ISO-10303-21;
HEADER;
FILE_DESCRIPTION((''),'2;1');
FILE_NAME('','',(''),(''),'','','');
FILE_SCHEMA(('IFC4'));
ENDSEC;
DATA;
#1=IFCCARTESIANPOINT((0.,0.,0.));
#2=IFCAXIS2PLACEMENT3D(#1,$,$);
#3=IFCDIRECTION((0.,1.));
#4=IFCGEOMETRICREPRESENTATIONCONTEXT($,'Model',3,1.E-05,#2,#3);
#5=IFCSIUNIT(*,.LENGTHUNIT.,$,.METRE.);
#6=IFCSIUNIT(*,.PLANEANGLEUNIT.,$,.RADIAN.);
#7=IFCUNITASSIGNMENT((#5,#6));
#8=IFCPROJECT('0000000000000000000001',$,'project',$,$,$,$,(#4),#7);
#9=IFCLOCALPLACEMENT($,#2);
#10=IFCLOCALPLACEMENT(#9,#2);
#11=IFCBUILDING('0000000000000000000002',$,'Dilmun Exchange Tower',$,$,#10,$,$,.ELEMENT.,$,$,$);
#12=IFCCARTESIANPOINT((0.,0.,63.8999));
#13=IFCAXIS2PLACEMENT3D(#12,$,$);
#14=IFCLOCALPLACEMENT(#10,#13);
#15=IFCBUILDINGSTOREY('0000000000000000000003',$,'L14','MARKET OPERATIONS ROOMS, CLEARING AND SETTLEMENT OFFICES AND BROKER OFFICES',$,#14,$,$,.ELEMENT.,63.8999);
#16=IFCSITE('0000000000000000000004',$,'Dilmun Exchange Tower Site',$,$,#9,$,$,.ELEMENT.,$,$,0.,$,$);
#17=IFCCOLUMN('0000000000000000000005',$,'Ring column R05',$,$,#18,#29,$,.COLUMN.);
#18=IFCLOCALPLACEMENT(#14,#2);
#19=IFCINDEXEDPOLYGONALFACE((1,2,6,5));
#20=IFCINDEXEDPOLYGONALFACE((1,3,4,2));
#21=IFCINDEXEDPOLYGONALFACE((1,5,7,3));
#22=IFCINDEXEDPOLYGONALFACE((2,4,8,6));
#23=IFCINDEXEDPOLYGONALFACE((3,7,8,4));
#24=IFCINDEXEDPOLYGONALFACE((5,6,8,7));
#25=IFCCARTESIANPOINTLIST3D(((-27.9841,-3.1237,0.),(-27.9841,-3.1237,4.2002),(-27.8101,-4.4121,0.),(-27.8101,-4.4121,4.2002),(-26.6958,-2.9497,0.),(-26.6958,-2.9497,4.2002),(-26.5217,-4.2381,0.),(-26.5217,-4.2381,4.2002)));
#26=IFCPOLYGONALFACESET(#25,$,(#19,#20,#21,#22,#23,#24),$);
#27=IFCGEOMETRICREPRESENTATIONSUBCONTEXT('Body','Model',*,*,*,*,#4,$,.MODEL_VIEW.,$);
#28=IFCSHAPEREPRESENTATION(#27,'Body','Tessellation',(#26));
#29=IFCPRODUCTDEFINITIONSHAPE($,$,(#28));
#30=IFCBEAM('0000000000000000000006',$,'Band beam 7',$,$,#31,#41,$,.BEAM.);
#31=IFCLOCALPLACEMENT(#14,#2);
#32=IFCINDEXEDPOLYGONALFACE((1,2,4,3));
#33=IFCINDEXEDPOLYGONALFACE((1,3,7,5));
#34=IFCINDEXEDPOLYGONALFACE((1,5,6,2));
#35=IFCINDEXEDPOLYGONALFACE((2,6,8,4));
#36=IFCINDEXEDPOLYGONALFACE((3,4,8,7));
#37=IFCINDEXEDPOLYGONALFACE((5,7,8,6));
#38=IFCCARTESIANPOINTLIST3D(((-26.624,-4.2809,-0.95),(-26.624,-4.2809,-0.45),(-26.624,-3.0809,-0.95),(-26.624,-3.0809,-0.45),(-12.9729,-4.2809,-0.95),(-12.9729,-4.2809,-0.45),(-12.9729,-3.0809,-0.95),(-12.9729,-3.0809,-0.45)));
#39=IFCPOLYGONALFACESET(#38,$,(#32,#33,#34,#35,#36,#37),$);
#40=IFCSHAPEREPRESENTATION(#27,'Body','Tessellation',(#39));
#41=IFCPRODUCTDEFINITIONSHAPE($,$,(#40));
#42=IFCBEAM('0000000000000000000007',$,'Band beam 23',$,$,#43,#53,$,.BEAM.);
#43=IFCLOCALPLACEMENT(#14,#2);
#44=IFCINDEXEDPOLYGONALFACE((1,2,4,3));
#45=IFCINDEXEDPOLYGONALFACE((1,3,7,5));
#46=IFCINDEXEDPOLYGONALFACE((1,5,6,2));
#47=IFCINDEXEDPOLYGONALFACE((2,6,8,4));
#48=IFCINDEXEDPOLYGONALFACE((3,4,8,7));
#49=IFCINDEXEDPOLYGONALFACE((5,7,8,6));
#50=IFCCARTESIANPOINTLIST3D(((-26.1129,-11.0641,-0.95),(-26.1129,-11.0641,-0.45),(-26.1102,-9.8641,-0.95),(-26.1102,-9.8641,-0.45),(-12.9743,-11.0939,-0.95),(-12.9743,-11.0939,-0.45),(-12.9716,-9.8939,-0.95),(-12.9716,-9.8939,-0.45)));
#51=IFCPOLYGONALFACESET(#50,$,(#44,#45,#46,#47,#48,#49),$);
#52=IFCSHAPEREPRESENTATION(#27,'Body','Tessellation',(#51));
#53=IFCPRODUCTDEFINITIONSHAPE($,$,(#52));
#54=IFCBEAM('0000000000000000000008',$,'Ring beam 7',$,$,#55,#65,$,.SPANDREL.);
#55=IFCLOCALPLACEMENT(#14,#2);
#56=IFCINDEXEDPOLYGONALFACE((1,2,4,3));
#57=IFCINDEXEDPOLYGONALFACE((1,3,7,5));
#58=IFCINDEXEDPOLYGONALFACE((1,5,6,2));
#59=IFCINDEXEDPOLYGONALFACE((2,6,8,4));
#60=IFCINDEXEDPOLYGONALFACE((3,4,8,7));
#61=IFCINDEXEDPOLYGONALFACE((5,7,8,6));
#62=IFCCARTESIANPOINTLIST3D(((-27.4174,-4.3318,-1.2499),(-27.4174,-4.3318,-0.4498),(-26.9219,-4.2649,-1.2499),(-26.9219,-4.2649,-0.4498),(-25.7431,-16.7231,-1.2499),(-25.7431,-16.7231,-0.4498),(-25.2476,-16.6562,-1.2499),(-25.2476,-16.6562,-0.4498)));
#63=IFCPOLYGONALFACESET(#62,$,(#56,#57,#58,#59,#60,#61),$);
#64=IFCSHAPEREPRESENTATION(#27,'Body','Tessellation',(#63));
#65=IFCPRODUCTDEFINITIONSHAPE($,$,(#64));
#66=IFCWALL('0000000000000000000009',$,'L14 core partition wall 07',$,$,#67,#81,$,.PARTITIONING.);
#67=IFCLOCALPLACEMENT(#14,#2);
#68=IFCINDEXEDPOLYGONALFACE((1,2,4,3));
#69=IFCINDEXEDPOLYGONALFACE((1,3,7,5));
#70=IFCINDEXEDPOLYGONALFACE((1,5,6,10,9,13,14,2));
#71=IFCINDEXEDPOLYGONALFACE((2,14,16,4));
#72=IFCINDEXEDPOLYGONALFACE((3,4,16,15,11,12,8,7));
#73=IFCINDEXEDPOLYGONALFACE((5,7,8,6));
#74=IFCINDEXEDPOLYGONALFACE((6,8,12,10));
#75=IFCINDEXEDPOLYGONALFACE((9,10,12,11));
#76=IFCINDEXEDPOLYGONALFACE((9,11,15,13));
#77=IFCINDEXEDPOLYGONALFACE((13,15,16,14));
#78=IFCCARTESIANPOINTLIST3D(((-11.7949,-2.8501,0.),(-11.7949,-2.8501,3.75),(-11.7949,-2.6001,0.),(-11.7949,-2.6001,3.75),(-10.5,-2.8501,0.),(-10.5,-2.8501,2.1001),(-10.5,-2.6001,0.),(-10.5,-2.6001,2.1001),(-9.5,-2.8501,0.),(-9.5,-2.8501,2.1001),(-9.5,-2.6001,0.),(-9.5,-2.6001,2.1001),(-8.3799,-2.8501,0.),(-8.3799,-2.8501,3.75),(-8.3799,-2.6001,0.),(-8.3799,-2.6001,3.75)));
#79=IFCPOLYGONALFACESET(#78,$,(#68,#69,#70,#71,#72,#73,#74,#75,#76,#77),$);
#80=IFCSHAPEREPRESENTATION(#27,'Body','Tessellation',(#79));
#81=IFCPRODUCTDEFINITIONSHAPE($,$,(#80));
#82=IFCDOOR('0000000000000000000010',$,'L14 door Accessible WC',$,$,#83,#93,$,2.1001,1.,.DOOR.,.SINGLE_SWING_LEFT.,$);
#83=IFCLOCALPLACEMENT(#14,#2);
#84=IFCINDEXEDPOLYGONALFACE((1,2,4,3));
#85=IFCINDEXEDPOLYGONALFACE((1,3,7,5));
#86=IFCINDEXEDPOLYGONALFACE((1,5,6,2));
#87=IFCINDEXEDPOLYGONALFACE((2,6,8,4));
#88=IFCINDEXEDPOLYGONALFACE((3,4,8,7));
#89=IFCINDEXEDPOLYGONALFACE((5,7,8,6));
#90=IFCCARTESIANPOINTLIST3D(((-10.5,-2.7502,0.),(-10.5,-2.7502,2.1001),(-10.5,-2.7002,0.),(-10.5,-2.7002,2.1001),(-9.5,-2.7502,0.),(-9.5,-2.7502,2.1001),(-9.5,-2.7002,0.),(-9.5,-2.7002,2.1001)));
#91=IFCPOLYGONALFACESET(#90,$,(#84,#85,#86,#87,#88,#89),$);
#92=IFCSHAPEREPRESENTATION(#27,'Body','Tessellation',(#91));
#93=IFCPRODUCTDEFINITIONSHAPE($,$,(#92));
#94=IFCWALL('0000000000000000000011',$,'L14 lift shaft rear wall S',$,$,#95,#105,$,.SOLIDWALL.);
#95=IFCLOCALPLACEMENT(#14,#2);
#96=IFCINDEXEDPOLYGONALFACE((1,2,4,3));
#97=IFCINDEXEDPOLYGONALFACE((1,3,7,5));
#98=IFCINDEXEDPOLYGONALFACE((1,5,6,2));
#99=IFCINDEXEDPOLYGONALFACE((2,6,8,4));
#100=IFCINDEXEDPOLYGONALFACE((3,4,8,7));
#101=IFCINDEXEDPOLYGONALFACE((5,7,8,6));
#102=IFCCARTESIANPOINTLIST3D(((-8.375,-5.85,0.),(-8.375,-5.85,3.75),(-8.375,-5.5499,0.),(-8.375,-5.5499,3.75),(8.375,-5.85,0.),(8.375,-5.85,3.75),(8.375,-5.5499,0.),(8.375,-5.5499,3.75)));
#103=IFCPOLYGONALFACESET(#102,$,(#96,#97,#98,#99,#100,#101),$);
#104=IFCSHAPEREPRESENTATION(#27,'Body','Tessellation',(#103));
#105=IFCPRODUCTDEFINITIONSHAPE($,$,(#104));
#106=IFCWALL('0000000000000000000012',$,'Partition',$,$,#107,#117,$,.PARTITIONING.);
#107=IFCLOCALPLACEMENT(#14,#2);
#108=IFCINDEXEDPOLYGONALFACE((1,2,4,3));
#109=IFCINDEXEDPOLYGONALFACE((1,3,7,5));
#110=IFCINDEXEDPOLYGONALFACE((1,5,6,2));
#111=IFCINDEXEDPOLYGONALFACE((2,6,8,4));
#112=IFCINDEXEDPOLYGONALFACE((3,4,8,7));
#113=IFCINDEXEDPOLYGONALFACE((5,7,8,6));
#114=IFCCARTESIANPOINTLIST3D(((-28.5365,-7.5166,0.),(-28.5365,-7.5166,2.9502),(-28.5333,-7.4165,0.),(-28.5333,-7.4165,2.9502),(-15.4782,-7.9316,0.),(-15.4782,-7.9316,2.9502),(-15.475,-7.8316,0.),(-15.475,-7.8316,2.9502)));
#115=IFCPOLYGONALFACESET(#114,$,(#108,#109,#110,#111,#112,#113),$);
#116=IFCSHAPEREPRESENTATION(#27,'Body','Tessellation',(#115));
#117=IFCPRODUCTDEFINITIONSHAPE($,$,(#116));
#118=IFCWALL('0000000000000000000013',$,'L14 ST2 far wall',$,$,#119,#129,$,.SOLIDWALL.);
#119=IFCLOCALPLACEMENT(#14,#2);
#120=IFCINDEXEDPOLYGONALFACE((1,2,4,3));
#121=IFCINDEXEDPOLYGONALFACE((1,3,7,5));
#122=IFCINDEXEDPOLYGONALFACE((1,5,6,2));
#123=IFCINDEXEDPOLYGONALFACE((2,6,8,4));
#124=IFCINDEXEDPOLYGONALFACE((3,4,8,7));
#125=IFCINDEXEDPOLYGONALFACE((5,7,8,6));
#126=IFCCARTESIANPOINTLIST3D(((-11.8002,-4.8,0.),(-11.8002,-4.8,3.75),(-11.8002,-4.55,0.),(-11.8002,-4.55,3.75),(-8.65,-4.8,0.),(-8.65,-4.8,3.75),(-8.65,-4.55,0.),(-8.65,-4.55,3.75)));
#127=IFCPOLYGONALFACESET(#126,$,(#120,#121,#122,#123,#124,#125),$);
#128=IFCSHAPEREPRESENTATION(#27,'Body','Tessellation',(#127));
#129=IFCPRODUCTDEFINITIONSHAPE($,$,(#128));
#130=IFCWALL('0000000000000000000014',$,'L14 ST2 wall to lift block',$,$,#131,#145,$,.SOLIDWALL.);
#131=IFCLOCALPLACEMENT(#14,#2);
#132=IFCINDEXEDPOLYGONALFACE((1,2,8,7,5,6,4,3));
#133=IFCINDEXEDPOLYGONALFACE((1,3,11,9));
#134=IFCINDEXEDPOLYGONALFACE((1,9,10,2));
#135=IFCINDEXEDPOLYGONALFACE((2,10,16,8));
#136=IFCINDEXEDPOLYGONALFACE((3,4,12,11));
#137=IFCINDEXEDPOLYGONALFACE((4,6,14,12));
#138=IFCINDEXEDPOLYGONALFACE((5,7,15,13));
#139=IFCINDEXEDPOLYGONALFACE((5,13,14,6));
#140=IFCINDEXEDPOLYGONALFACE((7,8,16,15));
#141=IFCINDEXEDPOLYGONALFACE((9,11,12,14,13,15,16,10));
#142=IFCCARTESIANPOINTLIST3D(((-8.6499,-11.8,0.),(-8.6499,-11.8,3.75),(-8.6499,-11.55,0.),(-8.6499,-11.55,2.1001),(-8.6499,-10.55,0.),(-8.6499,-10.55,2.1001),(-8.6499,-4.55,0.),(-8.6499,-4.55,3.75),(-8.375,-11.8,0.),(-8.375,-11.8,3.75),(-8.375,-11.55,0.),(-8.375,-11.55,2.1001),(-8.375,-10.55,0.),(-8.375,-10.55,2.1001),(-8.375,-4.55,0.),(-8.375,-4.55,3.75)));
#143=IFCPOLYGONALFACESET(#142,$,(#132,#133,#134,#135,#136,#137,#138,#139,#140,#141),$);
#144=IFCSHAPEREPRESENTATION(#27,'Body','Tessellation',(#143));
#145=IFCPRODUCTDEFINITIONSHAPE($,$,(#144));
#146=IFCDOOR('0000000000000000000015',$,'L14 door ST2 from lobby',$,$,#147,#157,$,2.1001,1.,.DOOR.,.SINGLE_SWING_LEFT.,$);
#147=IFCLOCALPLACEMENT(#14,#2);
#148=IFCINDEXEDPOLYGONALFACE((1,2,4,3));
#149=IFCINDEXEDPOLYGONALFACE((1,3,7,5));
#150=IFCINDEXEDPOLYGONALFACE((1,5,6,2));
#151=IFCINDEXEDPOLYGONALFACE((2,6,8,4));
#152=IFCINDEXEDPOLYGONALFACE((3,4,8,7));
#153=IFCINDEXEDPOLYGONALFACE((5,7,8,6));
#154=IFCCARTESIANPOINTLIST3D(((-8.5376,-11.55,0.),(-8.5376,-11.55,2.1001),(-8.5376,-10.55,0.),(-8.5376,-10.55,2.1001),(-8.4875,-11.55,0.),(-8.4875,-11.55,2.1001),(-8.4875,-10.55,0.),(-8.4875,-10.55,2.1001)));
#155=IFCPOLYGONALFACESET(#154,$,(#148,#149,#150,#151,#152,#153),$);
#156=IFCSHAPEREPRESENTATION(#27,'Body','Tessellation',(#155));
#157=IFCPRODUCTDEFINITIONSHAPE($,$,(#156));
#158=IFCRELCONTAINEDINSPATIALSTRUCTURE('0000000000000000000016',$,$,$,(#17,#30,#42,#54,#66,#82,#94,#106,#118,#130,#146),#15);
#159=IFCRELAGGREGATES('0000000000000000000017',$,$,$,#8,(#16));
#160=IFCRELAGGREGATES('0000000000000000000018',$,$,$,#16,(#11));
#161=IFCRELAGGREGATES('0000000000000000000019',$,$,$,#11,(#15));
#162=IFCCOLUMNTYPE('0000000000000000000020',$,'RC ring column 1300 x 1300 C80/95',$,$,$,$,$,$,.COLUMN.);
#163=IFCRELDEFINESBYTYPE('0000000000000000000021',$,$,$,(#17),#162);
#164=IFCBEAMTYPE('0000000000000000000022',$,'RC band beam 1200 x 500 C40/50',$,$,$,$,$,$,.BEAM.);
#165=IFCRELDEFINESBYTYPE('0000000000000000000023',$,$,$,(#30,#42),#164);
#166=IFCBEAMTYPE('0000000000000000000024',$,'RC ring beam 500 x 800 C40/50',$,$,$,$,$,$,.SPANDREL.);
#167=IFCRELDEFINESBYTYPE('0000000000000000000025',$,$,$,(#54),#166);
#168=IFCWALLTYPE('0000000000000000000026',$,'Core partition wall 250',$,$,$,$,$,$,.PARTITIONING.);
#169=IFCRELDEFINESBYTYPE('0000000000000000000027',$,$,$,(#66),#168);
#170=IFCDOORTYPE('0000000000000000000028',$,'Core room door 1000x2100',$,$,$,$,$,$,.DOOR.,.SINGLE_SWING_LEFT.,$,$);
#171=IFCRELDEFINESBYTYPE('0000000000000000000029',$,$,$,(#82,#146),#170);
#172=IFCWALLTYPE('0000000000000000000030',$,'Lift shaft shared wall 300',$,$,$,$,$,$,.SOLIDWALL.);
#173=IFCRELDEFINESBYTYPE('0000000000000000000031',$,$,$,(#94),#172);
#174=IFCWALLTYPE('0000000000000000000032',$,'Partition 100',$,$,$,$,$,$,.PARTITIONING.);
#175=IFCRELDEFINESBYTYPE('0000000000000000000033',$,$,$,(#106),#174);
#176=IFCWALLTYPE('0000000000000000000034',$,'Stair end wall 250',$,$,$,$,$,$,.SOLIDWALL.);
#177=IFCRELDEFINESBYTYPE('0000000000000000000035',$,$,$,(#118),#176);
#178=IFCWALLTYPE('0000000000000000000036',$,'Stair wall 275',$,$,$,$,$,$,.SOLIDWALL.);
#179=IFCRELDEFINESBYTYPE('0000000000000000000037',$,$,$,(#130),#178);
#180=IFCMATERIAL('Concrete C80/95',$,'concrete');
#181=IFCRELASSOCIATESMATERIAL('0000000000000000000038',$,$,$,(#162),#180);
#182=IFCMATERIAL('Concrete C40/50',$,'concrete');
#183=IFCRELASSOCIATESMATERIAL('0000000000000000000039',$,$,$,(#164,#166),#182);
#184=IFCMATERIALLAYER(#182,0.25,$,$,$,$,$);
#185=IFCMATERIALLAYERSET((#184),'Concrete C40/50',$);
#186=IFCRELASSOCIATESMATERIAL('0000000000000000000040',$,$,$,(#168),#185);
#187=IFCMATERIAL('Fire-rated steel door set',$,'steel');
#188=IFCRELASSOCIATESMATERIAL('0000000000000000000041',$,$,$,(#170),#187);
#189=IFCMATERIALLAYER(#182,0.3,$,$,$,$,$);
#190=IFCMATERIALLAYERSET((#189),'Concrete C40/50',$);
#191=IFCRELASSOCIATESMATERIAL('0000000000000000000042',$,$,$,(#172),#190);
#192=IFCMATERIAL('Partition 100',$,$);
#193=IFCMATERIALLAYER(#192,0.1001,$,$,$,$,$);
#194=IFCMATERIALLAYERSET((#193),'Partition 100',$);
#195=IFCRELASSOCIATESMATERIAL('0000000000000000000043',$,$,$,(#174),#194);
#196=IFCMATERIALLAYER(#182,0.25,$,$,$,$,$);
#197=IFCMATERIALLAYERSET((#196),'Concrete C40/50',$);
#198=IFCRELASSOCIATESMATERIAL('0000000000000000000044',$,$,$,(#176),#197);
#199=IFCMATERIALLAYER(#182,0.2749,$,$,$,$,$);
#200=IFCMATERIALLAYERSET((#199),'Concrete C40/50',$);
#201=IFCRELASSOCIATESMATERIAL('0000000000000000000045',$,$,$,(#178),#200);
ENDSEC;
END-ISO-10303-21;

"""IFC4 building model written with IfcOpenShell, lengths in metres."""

from ifc_helpers import new_model, si_unit, direction, frame, frame_2d, origin, origin_2d, place, context, subcontext, project, spatial, rectangle, extrude, material, layer, layer_set, material_profile, profile_set, type_object, element, fill, save


model = new_model("IFC4")

# Units and contexts
model_context = context("Model", 3, precision=1e-05, world=origin(), true_north=direction((0.0, 1.0)))
body_context = subcontext(model_context, "Body", "Model", "MODEL_VIEW")
ifc_project = project(units=[si_unit("LENGTHUNIT", "METRE"), si_unit("PLANEANGLEUNIT", "RADIAN")], contexts=[model_context])

# Site, building, storey
site_placement = place(None, origin())
site = spatial("IfcSite", under=ifc_project, at=site_placement, Name="Dilmun Exchange Tower Site", CompositionType="ELEMENT", RefElevation=0.0)
building_placement = place(site_placement, origin())
building = spatial("IfcBuilding", under=site, at=building_placement, Name="Dilmun Exchange Tower", CompositionType="ELEMENT")
storey_placement = place(building_placement, frame((0.0, 0.0, 63.8999)))
storey = spatial("IfcBuildingStorey", under=building, at=storey_placement, Name="L14", Description="MARKET OPERATIONS ROOMS, CLEARING AND SETTLEMENT OFFICES AND BROKER OFFICES", CompositionType="ELEMENT", Elevation=63.8999)

# Column
ifc_material_1 = material(Name="Concrete C80/95", Category="concrete")
ifc_material_profile_1 = material_profile(ifc_material_1, rectangle(XDim=1.3, YDim=1.3, at=origin_2d()), Name="1300 x 1300")
ifc_profile_set_1 = profile_set([ifc_material_profile_1], Name="Concrete C80/95")
column_type = type_object("IfcColumnType", Name="RC ring column 1300 x 1300 C80/95", PredefinedType="COLUMN", material=ifc_profile_set_1)
column_placement = place(storey_placement, frame((-27.2529, -3.6809, 0.0), z_axis=(0.0, 0.0, 1.0), x_axis=(0.991001, 0.133853, 0.0)))
element("IfcColumn", 1, at=column_placement, inside=storey, type_object=column_type, Name="Ring column R05", PredefinedType="COLUMN", context=body_context, shape_type="SweptSolid", body=[
    extrude(rectangle(XDim=1.3, YDim=1.3, at=origin_2d()), origin(), (0.0, 0.0, 1.0), 4.2002),
])

# Beams
ifc_material_2 = material(Name="Concrete C40/50", Category="concrete")
ifc_material_profile_2 = material_profile(ifc_material_2, rectangle(XDim=1.2, YDim=0.5, at=origin_2d()), Name="1200 x 500")
ifc_profile_set_2 = profile_set([ifc_material_profile_2], Name="Concrete C40/50")
beam_type_1 = type_object("IfcBeamType", Name="RC band beam 1200 x 500 C40/50", PredefinedType="BEAM", material=ifc_profile_set_2)
beam_1_placement = place(storey_placement, frame((-26.624, -3.6809, -0.7), z_axis=(1.0, 0.0, 0.0), x_axis=(0.0, 1.0, 0.0)))
element("IfcBeam", 2, at=beam_1_placement, inside=storey, type_object=beam_type_1, Name="Band beam 7", PredefinedType="BEAM", context=body_context, shape_type="SweptSolid", body=[
    extrude(rectangle(XDim=1.2, YDim=0.5, at=origin_2d()), origin(), (0.0, 0.0, 1.0), 13.6511),
])
beam_2_placement = place(storey_placement, frame((-26.1116, -10.4641, -0.7), z_axis=(0.999997, -0.002267, 0.0), x_axis=(0.002267, 0.999997, 0.0)))
element("IfcBeam", 3, at=beam_2_placement, inside=storey, type_object=beam_type_1, Name="Band beam 23", PredefinedType="BEAM", context=body_context, shape_type="SweptSolid", body=[
    extrude(rectangle(XDim=1.2, YDim=0.5, at=origin_2d()), origin(), (0.0, 0.0, 1.0), 13.1387),
])
ifc_material_profile_3 = material_profile(ifc_material_2, rectangle(XDim=0.5, YDim=0.8, at=origin_2d()), Name="500 x 800")
ifc_profile_set_3 = profile_set([ifc_material_profile_3], Name="Concrete C40/50")
beam_type_2 = type_object("IfcBeamType", Name="RC ring beam 500 x 800 C40/50", PredefinedType="SPANDREL", material=ifc_profile_set_3)
beam_3_placement = place(storey_placement, frame((-27.1697, -4.2983, -0.8499), z_axis=(0.133903, -0.990994, 0.0), x_axis=(0.990994, 0.133903, 0.0)))
element("IfcBeam", 4, at=beam_3_placement, inside=storey, type_object=beam_type_2, Name="Ring beam 7", PredefinedType="SPANDREL", context=body_context, shape_type="SweptSolid", body=[
    extrude(rectangle(XDim=0.5, YDim=0.8, at=origin_2d()), origin(), (0.0, 0.0, 1.0), 12.5039),
])

# Wall, opening, door
ifc_layer_1 = layer(ifc_material_2, 0.25)
ifc_layer_set_1 = layer_set([ifc_layer_1], Name="Concrete C40/50")
wall_type_1 = type_object("IfcWallType", Name="Core partition wall 250", PredefinedType="PARTITIONING", material=ifc_layer_set_1)
wall_1_placement = place(storey_placement, frame((-11.7949, -2.7251, 0.0), z_axis=(0.0, 0.0, 1.0), x_axis=(1.0, 0.0, 0.0)))
wall_1 = element("IfcWall", 5, at=wall_1_placement, inside=storey, type_object=wall_type_1, Name="L14 core partition wall 07", PredefinedType="PARTITIONING", context=body_context, shape_type="SweptSolid", body=[
    extrude(rectangle(XDim=3.415, YDim=0.25, at=frame_2d((1.7075, 0.0))), origin(), (0.0, 0.0, 1.0), 3.75),
])
opening_1_placement = place(wall_1_placement, frame((1.2949, 0.0, 0.0)))
opening_1 = element("IfcOpeningElement", 6, at=opening_1_placement, cuts=wall_1, PredefinedType="OPENING", context=body_context, shape_type="SweptSolid", body=[
    extrude(rectangle(XDim=1.0, YDim=2.1001, at=frame_2d((0.5, 1.05))), frame((0.0, 0.135, 0.0), z_axis=(0.0, -1.0, 0.0), x_axis=(1.0, 0.0, 0.0)), (0.0, 0.0, 1.0), 0.27),
])
ifc_material_3 = material(Name="Fire-rated steel door set", Category="steel")
door_type = type_object("IfcDoorType", Name="Core room door 1000x2100", OperationType="SINGLE_SWING_LEFT", PredefinedType="DOOR", material=ifc_material_3)
door_1_placement = place(opening_1_placement, origin())
door_1 = element("IfcDoor", 7, at=door_1_placement, inside=storey, type_object=door_type, Name="L14 door Accessible WC", OperationType="SINGLE_SWING_LEFT", OverallHeight=2.1001, OverallWidth=1.0, PredefinedType="DOOR", context=body_context, shape_type="SweptSolid", body=[
    extrude(rectangle(XDim=1.0, YDim=2.1001, at=frame_2d((0.5, 1.05))), frame((0.0, 0.0249, 0.0), z_axis=(0.0, -1.0, 0.0), x_axis=(1.0, 0.0, 0.0)), (0.0, 0.0, 1.0), 0.05),
])
fill(opening_1, door_1)

# Walls
ifc_layer_2 = layer(ifc_material_2, 0.3)
ifc_layer_set_2 = layer_set([ifc_layer_2], Name="Concrete C40/50")
wall_type_2 = type_object("IfcWallType", Name="Lift shaft shared wall 300", PredefinedType="SOLIDWALL", material=ifc_layer_set_2)
wall_2_placement = place(storey_placement, frame((-8.375, -5.7, 0.0), z_axis=(0.0, 0.0, 1.0), x_axis=(1.0, 0.0, 0.0)))
element("IfcWall", 8, at=wall_2_placement, inside=storey, type_object=wall_type_2, Name="L14 lift shaft rear wall S", PredefinedType="SOLIDWALL", context=body_context, shape_type="SweptSolid", body=[
    extrude(rectangle(XDim=16.75, YDim=0.3, at=frame_2d((8.375, 0.0))), origin(), (0.0, 0.0, 1.0), 3.75),
])
ifc_material_4 = material(Name="Partition 100")
ifc_layer_3 = layer(ifc_material_4, 0.1001)
ifc_layer_set_3 = layer_set([ifc_layer_3], Name="Partition 100")
wall_type_3 = type_object("IfcWallType", Name="Partition 100", PredefinedType="PARTITIONING", material=ifc_layer_set_3)
wall_3_placement = place(storey_placement, frame((-28.5349, -7.4666, 0.0), z_axis=(0.0, 0.0, 1.0), x_axis=(0.999495, -0.031767, 0.0)))
element("IfcWall", 9, at=wall_3_placement, inside=storey, type_object=wall_type_3, Name="Partition", PredefinedType="PARTITIONING", context=body_context, shape_type="SweptSolid", body=[
    extrude(rectangle(XDim=13.0649, YDim=0.1001, at=frame_2d((6.5325, 0.0))), origin(), (0.0, 0.0, 1.0), 2.9502),
])
ifc_layer_4 = layer(ifc_material_2, 0.25)
ifc_layer_set_4 = layer_set([ifc_layer_4], Name="Concrete C40/50")
wall_type_4 = type_object("IfcWallType", Name="Stair end wall 250", PredefinedType="SOLIDWALL", material=ifc_layer_set_4)
wall_4_placement = place(storey_placement, frame((-8.6499, -4.675, 0.0), z_axis=(0.0, 0.0, 1.0), x_axis=(-1.0, 0.0, 0.0)))
element("IfcWall", 10, at=wall_4_placement, inside=storey, type_object=wall_type_4, Name="L14 ST2 far wall", PredefinedType="SOLIDWALL", context=body_context, shape_type="SweptSolid", body=[
    extrude(rectangle(XDim=3.1501, YDim=0.25, at=frame_2d((1.5752, 0.0))), origin(), (0.0, 0.0, 1.0), 3.75),
])

# Wall, opening, door
ifc_layer_5 = layer(ifc_material_2, 0.2749)
ifc_layer_set_5 = layer_set([ifc_layer_5], Name="Concrete C40/50")
wall_type_5 = type_object("IfcWallType", Name="Stair wall 275", PredefinedType="SOLIDWALL", material=ifc_layer_set_5)
wall_5_placement = place(storey_placement, frame((-8.5125, -4.55, 0.0), z_axis=(0.0, 0.0, 1.0), x_axis=(0.0, -1.0, 0.0)))
wall_5 = element("IfcWall", 11, at=wall_5_placement, inside=storey, type_object=wall_type_5, Name="L14 ST2 wall to lift block", PredefinedType="SOLIDWALL", context=body_context, shape_type="SweptSolid", body=[
    extrude(rectangle(XDim=7.25, YDim=0.2749, at=frame_2d((3.625, 0.0))), origin(), (0.0, 0.0, 1.0), 3.75),
])
opening_2_placement = place(wall_5_placement, frame((6.0, 0.0, 0.0)))
opening_2 = element("IfcOpeningElement", 12, at=opening_2_placement, cuts=wall_5, PredefinedType="OPENING", context=body_context, shape_type="SweptSolid", body=[
    extrude(rectangle(XDim=1.0, YDim=2.1001, at=frame_2d((0.5, 1.05))), frame((0.0, 0.1475, 0.0), z_axis=(0.0, -1.0, 0.0), x_axis=(1.0, 0.0, 0.0)), (0.0, 0.0, 1.0), 0.2949),
])
door_2_placement = place(opening_2_placement, origin())
door_2 = element("IfcDoor", 13, at=door_2_placement, inside=storey, type_object=door_type, Name="L14 door ST2 from lobby", OperationType="SINGLE_SWING_LEFT", OverallHeight=2.1001, OverallWidth=1.0, PredefinedType="DOOR", context=body_context, shape_type="SweptSolid", body=[
    extrude(rectangle(XDim=1.0, YDim=2.1001, at=frame_2d((0.5, 1.05))), frame((0.0, 0.0249, 0.0), z_axis=(0.0, -1.0, 0.0), x_axis=(1.0, 0.0, 0.0)), (0.0, 0.0, 1.0), 0.05),
])
fill(opening_2, door_2)

save(model, "model.ifc")
